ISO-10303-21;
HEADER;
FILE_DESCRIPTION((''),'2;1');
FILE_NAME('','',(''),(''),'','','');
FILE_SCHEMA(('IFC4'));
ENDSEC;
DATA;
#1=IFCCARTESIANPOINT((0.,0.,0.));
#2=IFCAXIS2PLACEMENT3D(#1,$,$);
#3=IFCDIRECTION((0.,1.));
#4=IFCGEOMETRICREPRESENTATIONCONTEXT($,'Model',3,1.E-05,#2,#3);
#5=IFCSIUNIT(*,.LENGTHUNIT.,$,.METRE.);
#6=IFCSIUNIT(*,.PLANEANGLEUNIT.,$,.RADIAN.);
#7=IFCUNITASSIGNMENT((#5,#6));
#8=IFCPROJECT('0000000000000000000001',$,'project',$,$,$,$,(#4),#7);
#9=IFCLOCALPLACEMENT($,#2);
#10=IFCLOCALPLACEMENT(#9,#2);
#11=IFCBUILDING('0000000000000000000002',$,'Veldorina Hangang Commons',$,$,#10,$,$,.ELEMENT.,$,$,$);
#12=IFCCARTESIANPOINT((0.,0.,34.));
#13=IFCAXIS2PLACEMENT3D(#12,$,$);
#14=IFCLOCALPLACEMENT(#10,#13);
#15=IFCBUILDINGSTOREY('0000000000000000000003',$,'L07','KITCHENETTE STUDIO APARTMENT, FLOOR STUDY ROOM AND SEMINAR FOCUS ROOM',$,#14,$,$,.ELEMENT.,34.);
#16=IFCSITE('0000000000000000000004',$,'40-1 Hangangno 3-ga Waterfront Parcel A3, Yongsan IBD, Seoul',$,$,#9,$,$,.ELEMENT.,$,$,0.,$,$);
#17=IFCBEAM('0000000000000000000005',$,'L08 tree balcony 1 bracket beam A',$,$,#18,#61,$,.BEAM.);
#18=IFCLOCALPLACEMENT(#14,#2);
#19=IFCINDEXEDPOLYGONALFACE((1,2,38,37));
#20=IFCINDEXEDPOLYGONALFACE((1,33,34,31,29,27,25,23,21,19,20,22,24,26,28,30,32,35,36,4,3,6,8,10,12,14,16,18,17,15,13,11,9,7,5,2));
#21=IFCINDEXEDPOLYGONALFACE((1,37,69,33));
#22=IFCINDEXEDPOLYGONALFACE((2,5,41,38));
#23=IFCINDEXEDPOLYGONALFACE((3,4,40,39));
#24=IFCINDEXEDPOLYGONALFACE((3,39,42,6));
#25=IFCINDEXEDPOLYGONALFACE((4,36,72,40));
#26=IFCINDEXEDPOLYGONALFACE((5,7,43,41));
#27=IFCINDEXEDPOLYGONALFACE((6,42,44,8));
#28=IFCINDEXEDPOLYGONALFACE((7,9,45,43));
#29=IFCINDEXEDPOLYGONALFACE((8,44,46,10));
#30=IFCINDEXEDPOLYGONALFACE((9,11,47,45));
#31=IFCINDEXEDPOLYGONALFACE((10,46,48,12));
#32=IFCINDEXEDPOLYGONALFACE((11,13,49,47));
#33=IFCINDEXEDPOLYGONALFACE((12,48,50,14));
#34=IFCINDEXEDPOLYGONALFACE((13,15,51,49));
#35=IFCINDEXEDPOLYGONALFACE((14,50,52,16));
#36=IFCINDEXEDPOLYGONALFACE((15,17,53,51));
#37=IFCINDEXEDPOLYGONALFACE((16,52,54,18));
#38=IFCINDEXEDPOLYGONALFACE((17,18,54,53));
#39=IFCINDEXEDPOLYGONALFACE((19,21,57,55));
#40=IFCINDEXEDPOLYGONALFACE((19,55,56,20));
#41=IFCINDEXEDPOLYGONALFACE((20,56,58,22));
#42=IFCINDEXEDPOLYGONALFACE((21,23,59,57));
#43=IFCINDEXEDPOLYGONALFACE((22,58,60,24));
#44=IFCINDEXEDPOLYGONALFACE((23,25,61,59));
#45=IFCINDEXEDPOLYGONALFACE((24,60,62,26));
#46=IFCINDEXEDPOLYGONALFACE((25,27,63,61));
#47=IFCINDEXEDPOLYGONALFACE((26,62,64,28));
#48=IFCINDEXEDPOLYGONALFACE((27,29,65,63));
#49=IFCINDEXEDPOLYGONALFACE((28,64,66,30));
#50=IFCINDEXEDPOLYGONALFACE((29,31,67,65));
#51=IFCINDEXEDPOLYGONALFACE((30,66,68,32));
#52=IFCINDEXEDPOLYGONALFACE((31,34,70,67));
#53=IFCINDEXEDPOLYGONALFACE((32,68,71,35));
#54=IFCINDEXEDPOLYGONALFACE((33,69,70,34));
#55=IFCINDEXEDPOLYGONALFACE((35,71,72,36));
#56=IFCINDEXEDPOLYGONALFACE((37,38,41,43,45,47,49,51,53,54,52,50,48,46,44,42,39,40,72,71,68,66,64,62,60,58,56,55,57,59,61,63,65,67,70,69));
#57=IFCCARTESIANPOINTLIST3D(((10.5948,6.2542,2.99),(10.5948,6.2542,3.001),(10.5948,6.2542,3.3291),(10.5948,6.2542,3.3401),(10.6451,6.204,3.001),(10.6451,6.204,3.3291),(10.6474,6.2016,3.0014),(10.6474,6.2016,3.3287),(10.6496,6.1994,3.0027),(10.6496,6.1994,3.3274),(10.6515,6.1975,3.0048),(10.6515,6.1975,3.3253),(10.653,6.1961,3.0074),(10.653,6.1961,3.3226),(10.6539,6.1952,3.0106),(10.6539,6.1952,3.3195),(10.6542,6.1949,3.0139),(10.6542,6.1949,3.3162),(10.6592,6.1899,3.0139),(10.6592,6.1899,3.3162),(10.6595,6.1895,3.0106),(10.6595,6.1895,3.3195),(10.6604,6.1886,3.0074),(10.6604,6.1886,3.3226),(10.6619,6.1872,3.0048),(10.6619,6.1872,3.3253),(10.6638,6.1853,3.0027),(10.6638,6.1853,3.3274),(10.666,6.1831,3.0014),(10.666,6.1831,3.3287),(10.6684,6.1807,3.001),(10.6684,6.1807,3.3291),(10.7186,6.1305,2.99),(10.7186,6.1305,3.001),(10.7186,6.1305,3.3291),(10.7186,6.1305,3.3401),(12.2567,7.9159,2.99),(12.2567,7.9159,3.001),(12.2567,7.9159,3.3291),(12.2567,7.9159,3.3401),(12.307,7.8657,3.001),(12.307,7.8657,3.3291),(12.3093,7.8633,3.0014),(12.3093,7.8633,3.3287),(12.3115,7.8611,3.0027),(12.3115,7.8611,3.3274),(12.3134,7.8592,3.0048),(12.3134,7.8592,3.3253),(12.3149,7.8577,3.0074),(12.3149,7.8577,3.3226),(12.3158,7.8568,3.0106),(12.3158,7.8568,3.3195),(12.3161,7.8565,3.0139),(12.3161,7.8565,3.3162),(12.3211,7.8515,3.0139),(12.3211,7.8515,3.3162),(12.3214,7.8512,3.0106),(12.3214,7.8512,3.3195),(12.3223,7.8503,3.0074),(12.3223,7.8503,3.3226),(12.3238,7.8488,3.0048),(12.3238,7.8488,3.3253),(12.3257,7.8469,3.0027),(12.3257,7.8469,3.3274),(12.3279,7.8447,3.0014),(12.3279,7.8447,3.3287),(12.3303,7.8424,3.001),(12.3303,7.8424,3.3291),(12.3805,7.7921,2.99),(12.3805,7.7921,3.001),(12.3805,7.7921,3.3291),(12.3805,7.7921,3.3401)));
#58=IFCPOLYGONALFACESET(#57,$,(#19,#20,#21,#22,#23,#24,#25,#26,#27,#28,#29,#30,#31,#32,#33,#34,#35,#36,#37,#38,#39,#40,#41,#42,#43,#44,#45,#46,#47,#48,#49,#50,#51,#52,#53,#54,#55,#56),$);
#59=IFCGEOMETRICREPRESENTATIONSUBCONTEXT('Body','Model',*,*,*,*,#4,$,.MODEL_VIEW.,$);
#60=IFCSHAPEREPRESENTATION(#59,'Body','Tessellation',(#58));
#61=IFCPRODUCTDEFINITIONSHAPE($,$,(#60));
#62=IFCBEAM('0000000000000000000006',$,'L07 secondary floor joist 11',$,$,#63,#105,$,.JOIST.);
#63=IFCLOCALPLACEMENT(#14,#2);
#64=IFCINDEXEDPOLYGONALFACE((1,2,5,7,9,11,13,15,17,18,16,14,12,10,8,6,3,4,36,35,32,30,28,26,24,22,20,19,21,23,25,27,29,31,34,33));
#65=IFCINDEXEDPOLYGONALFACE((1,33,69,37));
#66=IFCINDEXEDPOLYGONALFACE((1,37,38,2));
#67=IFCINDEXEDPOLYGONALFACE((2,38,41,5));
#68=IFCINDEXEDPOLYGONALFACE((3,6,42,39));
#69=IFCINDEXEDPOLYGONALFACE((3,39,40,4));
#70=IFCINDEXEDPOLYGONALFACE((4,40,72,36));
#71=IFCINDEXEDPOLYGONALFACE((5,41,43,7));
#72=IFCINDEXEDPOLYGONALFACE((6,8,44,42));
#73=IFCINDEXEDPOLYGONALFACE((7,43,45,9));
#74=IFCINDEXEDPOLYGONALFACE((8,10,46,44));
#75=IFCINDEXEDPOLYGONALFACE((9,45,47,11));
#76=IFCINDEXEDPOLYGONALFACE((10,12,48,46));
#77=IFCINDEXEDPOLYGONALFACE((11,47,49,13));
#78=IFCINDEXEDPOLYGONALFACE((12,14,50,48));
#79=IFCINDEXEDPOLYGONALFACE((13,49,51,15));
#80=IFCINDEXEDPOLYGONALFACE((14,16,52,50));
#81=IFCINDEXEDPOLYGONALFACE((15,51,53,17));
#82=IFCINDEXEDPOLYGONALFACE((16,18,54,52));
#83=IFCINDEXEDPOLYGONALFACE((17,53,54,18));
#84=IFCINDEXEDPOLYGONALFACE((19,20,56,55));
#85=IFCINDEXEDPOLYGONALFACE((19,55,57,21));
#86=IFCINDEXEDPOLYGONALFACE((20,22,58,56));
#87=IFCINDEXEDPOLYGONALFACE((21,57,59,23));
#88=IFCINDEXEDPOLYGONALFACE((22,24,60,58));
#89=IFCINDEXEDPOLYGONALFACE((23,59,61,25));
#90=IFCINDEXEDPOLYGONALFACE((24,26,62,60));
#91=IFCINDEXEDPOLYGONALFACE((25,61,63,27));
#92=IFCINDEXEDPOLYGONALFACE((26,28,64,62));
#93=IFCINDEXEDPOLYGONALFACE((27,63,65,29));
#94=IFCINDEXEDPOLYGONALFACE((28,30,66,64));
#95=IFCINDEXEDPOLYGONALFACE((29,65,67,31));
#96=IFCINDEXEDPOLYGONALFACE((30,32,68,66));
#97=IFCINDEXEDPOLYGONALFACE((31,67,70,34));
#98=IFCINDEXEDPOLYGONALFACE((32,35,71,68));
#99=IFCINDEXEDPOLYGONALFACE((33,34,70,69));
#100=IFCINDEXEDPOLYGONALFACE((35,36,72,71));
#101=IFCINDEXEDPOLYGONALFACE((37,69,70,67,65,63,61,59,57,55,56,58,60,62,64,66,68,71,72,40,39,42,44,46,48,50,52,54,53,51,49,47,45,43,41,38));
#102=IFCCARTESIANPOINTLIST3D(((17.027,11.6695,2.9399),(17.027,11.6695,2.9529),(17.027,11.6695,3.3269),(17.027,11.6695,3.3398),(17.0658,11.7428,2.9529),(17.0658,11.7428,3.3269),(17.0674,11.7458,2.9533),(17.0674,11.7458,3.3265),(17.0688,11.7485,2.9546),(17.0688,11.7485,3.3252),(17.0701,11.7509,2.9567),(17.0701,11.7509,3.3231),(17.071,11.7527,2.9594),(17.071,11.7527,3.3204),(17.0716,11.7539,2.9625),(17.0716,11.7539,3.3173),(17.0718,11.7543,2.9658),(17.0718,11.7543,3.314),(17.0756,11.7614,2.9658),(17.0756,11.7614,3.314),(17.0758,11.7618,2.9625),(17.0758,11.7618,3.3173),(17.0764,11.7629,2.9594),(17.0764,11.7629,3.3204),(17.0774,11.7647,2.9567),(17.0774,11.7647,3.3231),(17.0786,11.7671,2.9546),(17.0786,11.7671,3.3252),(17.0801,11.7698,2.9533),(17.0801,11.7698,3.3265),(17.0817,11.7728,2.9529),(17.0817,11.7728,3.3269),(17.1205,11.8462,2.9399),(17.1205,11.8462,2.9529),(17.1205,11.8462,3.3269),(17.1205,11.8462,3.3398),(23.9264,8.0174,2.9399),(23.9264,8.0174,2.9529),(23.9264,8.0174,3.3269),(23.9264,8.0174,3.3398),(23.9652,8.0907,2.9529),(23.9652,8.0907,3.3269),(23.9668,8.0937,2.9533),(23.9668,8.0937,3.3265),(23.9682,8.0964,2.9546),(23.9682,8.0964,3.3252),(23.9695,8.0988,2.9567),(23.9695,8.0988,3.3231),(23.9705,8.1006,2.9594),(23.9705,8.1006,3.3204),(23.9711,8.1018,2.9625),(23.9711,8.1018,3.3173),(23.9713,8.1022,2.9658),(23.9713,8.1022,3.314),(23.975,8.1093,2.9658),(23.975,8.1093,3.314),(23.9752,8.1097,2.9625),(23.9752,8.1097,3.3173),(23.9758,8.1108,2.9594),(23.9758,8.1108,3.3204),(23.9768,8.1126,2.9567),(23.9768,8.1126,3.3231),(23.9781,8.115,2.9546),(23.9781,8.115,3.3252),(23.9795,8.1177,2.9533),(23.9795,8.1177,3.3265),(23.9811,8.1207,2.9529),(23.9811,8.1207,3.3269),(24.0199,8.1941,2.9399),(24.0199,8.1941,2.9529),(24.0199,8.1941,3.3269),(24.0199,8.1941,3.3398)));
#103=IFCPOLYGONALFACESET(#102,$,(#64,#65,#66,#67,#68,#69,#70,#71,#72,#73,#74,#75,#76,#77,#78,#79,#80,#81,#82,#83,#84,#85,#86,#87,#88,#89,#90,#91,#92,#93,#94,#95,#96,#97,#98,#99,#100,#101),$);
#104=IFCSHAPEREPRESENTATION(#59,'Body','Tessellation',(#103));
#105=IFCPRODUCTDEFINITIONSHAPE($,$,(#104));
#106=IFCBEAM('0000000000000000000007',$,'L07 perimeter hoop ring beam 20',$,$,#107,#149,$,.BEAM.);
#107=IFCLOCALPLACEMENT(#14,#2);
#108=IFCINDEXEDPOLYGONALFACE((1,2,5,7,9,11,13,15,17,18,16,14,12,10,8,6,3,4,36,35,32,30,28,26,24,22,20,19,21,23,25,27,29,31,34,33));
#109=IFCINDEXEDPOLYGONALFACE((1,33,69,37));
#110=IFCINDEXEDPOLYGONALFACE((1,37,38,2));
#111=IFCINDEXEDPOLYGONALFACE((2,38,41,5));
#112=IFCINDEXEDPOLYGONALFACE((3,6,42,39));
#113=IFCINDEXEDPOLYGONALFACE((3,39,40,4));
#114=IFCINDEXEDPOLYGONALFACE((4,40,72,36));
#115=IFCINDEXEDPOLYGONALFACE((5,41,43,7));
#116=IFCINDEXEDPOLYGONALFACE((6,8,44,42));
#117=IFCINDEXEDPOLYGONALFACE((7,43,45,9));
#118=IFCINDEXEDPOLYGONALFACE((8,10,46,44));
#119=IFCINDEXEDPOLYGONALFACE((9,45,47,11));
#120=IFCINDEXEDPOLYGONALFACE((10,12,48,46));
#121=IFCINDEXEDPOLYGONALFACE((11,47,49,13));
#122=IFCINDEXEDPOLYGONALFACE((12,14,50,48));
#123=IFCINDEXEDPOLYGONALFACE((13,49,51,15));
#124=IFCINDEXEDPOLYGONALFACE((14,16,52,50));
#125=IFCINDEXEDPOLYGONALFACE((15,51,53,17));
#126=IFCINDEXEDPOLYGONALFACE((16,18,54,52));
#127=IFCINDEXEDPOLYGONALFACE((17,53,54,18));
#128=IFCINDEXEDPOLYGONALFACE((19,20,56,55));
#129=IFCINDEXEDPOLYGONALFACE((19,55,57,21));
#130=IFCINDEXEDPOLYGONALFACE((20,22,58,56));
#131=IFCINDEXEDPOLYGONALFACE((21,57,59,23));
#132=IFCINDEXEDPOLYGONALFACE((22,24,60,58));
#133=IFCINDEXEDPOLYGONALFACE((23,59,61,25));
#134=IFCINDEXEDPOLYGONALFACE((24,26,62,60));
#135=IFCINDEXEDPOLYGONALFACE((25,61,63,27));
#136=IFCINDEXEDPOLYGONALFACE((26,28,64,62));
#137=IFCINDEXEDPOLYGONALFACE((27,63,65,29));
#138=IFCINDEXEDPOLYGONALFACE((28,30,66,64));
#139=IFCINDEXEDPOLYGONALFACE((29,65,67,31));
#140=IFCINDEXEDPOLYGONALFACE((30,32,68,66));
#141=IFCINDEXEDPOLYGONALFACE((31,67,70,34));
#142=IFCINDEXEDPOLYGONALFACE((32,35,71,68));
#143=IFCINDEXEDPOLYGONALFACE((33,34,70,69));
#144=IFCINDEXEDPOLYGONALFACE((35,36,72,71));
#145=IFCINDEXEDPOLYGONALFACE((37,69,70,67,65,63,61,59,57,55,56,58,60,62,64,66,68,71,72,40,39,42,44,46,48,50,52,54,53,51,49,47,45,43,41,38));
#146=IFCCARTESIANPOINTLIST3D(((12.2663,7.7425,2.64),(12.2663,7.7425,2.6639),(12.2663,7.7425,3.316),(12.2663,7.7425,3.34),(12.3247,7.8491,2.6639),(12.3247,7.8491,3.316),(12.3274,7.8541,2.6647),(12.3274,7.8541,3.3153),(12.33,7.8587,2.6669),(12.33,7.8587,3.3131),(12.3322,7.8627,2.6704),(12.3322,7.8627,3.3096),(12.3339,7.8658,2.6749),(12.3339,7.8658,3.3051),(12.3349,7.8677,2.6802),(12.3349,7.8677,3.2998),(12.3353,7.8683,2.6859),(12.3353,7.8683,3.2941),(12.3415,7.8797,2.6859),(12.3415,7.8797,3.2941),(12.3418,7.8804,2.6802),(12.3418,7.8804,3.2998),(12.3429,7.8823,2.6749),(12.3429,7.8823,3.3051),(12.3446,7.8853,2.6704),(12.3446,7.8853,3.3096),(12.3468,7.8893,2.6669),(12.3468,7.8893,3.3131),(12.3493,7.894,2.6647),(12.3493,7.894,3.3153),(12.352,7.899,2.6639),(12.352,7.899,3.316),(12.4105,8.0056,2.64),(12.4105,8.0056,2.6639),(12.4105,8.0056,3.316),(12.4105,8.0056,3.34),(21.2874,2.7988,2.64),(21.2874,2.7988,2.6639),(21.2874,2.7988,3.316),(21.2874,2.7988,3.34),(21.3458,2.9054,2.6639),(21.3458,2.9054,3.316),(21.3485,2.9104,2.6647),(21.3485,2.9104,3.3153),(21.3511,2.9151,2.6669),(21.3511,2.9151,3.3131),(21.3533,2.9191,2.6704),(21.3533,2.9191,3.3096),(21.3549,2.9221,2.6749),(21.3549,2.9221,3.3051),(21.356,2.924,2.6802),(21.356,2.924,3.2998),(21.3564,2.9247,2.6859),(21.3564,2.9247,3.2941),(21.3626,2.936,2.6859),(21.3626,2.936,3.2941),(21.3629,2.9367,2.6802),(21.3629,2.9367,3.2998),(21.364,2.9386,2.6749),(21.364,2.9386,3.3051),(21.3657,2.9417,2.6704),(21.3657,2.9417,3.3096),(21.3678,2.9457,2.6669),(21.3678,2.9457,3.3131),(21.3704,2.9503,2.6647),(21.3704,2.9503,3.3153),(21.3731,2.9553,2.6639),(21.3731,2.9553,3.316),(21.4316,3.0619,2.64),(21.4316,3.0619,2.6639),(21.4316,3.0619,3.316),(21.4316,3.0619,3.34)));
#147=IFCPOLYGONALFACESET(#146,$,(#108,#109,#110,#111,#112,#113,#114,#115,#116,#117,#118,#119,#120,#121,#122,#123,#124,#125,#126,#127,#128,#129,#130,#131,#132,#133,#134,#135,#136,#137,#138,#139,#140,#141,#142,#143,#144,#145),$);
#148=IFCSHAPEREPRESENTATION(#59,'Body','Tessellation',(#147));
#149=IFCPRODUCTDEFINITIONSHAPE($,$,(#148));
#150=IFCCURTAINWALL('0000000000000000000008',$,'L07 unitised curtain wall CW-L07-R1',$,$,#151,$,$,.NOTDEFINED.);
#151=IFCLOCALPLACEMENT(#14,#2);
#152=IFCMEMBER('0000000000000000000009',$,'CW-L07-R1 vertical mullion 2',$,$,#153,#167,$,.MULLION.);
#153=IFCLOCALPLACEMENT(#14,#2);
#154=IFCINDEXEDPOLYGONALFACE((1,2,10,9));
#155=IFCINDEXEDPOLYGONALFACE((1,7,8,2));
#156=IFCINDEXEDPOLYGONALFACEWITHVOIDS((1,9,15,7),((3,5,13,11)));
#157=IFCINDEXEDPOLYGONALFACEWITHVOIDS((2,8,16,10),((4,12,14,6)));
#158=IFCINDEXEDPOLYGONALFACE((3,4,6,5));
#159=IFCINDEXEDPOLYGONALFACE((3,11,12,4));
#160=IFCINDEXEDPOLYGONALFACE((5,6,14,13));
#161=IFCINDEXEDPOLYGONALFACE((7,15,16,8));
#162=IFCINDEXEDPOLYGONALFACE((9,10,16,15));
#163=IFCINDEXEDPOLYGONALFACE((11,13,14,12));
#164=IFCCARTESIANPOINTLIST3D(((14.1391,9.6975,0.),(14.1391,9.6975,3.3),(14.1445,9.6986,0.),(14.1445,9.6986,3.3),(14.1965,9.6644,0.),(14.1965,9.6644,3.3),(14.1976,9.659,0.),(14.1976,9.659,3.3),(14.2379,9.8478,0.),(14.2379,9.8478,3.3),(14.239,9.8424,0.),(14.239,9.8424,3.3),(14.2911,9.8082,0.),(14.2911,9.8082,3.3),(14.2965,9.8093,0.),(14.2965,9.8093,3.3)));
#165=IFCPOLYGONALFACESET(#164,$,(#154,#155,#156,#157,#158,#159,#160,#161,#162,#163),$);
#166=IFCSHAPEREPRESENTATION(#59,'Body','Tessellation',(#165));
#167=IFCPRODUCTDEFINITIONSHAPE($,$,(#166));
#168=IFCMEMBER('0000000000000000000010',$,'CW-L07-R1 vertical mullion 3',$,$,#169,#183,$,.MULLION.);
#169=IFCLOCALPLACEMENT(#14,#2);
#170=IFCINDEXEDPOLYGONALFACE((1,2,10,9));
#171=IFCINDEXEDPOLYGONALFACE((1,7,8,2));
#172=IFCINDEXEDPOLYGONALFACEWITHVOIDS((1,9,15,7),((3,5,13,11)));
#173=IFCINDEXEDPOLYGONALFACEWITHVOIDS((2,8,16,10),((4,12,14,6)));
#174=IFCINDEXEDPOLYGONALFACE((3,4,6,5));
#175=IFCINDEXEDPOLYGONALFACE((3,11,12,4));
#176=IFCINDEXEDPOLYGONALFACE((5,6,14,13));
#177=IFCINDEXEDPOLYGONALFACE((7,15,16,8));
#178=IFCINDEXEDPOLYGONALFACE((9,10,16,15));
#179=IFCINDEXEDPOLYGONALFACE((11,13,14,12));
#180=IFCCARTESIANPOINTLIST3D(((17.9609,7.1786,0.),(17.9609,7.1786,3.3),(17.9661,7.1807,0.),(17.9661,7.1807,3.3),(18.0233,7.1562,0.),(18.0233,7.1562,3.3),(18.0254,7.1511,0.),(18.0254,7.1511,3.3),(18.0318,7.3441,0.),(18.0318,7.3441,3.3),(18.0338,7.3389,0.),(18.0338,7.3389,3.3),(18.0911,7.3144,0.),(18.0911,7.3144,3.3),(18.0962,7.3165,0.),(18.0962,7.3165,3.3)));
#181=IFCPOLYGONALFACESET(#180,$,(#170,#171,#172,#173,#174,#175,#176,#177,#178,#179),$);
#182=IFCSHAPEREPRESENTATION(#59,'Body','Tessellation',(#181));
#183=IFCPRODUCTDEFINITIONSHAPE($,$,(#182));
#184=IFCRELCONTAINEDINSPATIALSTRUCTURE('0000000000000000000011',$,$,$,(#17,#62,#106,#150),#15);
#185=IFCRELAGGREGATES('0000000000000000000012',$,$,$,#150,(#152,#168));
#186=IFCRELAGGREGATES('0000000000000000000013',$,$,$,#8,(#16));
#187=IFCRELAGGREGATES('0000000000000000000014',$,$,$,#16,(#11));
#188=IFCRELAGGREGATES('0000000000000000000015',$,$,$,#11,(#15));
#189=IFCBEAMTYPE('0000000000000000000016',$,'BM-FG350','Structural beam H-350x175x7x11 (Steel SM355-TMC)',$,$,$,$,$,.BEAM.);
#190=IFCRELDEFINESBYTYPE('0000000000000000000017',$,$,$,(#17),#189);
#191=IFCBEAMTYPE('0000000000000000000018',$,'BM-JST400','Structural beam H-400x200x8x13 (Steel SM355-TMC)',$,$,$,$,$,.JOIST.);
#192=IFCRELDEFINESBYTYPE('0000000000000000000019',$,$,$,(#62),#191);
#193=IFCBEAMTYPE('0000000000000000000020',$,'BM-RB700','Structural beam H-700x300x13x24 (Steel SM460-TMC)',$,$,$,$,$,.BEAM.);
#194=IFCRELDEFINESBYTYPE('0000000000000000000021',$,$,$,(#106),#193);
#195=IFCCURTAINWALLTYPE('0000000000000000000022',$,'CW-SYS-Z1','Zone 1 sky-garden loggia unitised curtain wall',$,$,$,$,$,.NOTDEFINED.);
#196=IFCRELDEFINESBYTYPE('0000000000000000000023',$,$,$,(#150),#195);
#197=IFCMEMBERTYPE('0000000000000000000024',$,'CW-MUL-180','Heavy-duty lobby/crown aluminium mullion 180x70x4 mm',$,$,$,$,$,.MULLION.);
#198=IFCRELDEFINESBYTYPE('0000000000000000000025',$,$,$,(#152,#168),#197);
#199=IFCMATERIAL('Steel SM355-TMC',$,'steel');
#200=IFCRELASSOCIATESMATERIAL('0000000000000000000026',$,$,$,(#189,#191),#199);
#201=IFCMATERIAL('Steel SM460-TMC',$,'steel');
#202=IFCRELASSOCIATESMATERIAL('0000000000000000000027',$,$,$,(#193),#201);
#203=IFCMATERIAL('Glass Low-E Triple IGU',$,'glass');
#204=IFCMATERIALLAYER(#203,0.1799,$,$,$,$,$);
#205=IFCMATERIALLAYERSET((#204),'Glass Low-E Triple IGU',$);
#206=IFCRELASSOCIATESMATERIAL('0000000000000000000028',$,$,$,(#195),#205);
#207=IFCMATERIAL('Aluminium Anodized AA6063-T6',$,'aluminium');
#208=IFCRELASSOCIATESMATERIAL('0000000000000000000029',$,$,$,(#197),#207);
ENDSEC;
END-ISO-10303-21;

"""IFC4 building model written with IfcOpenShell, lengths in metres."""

from ifc_helpers import new_model, si_unit, direction, frame, origin, origin_2d, place, context, subcontext, project, spatial, hollow_rectangle, i_section, extrude, material, layer, layer_set, material_profile, profile_set, type_object, element, aggregate, save


model = new_model("IFC4")

# Units and contexts
model_context = context("Model", 3, precision=1e-05, world=origin(), true_north=direction((0.0, 1.0)))
body_context = subcontext(model_context, "Body", "Model", "MODEL_VIEW")
ifc_project = project(units=[si_unit("LENGTHUNIT", "METRE"), si_unit("PLANEANGLEUNIT", "RADIAN")], contexts=[model_context])

# Site, building, storey
site_placement = place(None, origin())
site = spatial("IfcSite", under=ifc_project, at=site_placement, Name="40-1 Hangangno 3-ga Waterfront Parcel A3, Yongsan IBD, Seoul", CompositionType="ELEMENT", RefElevation=0.0)
building_placement = place(site_placement, origin())
building = spatial("IfcBuilding", under=site, at=building_placement, Name="Veldorina Hangang Commons", CompositionType="ELEMENT")
storey_placement = place(building_placement, frame((0.0, 0.0, 34.0)))
storey = spatial("IfcBuildingStorey", under=building, at=storey_placement, Name="L07", Description="KITCHENETTE STUDIO APARTMENT, FLOOR STUDY ROOM AND SEMINAR FOCUS ROOM", CompositionType="ELEMENT", Elevation=34.0)

# Beams
ifc_material_1 = material(Name="Steel SM355-TMC", Category="steel")
ifc_material_profile_1 = material_profile(ifc_material_1, i_section(OverallWidth=0.175, OverallDepth=0.3501, WebThickness=0.0071, FlangeThickness=0.011, FilletRadius=0.0129, at=origin_2d()), Name="H-350x175x7x11")
ifc_profile_set_1 = profile_set([ifc_material_profile_1], Name="Steel SM355-TMC")
beam_type_1 = type_object("IfcBeamType", Name="BM-FG350", Description="Structural beam H-350x175x7x11 (Steel SM355-TMC)", PredefinedType="BEAM", material=ifc_profile_set_1)
beam_1_placement = place(storey_placement, frame((12.3186, 7.854, 3.165), z_axis=(-0.707159, -0.707055, 0.0), x_axis=(0.707055, -0.707159, 0.0)))
element("IfcBeam", 1, at=beam_1_placement, inside=storey, type_object=beam_type_1, Name="L08 tree balcony 1 bracket beam A", PredefinedType="BEAM", context=body_context, shape_type="SweptSolid", body=[
    extrude(i_section(OverallWidth=0.175, OverallDepth=0.3501, WebThickness=0.0071, FlangeThickness=0.011, FilletRadius=0.0129, at=origin_2d()), origin(), (0.0, 0.0, 1.0), 2.3501),
])
ifc_material_profile_2 = material_profile(ifc_material_1, i_section(OverallWidth=0.2, OverallDepth=0.3999, WebThickness=0.0081, FlangeThickness=0.0129, FilletRadius=0.0129, at=origin_2d()), Name="H-400x200x8x13")
ifc_profile_set_2 = profile_set([ifc_material_profile_2], Name="Steel SM355-TMC")
beam_type_2 = type_object("IfcBeamType", Name="BM-JST400", Description="Structural beam H-400x200x8x13 (Steel SM355-TMC)", PredefinedType="JOIST", material=ifc_profile_set_2)
beam_2_placement = place(storey_placement, frame((17.0737, 11.7578, 3.1399), z_axis=(0.883816, -0.467835, 0.0), x_axis=(0.467835, 0.883816, 0.0)))
element("IfcBeam", 2, at=beam_2_placement, inside=storey, type_object=beam_type_2, Name="L07 secondary floor joist 11", PredefinedType="JOIST", context=body_context, shape_type="SweptSolid", body=[
    extrude(i_section(OverallWidth=0.2, OverallDepth=0.3999, WebThickness=0.0081, FlangeThickness=0.0129, FilletRadius=0.0129, at=origin_2d()), origin(), (0.0, 0.0, 1.0), 7.8064),
])
ifc_material_2 = material(Name="Steel SM460-TMC", Category="steel")
ifc_material_profile_3 = material_profile(ifc_material_2, i_section(OverallWidth=0.3, OverallDepth=0.7, WebThickness=0.0129, FlangeThickness=0.0239, FilletRadius=0.022, at=origin_2d()), Name="H-700x300x13x24")
ifc_profile_set_3 = profile_set([ifc_material_profile_3], Name="Steel SM460-TMC")
beam_type_3 = type_object("IfcBeamType", Name="BM-RB700", Description="Structural beam H-700x300x13x24 (Steel SM460-TMC)", PredefinedType="BEAM", material=ifc_profile_set_3)
beam_3_placement = place(storey_placement, frame((12.3384, 7.874, 2.99), z_axis=(0.876951, -0.480579, 0.0), x_axis=(0.480579, 0.876951, 0.0)))
element("IfcBeam", 3, at=beam_3_placement, inside=storey, type_object=beam_type_3, Name="L07 perimeter hoop ring beam 20", PredefinedType="BEAM", context=body_context, shape_type="SweptSolid", body=[
    extrude(i_section(OverallWidth=0.3, OverallDepth=0.7, WebThickness=0.0129, FlangeThickness=0.0239, FilletRadius=0.022, at=origin_2d()), origin(), (0.0, 0.0, 1.0), 10.2869),
])

# Curtain wall, members
ifc_material_3 = material(Name="Glass Low-E Triple IGU", Category="glass")
ifc_layer_1 = layer(ifc_material_3, 0.1799)
ifc_layer_set_1 = layer_set([ifc_layer_1], Name="Glass Low-E Triple IGU")
curtain_wall_type = type_object("IfcCurtainWallType", Name="CW-SYS-Z1", Description="Zone 1 sky-garden loggia unitised curtain wall", PredefinedType="NOTDEFINED", material=ifc_layer_set_1)
curtain_wall_placement = place(storey_placement, origin())
curtain_wall = element("IfcCurtainWall", 4, at=curtain_wall_placement, inside=storey, type_object=curtain_wall_type, Name="L07 unitised curtain wall CW-L07-R1", PredefinedType="NOTDEFINED")
ifc_material_4 = material(Name="Aluminium Anodized AA6063-T6", Category="aluminium")
ifc_material_profile_4 = material_profile(ifc_material_4, hollow_rectangle(XDim=0.0701, YDim=0.1799, WallThickness=0.0039, at=origin_2d()), Name="ALU-RHS-180x70x4")
ifc_profile_set_4 = profile_set([ifc_material_profile_4], Name="Aluminium Anodized AA6063-T6")
member_type_1 = type_object("IfcMemberType", Name="CW-MUL-180", Description="Heavy-duty lobby/crown aluminium mullion 180x70x4 mm", PredefinedType="MULLION", material=ifc_profile_set_4)
member_1_placement = place(storey_placement, frame((14.2178, 9.7534, 0.0), z_axis=(0.0, 0.0, 1.0), x_axis=(0.835568, -0.549387, 0.0)))
member_1 = element("IfcMember", 5, at=member_1_placement, type_object=member_type_1, Name="CW-L07-R1 vertical mullion 2", PredefinedType="MULLION", context=body_context, shape_type="SweptSolid", body=[
    extrude(hollow_rectangle(XDim=0.0701, YDim=0.1799, WallThickness=0.0039, at=origin_2d()), origin(), (0.0, 0.0, 1.0), 3.3),
])
member_2_placement = place(storey_placement, frame((18.0286, 7.2476, 0.0), z_axis=(0.0, 0.0, 1.0), x_axis=(0.919259, -0.393653, 0.0)))
member_2 = element("IfcMember", 6, at=member_2_placement, type_object=member_type_1, Name="CW-L07-R1 vertical mullion 3", PredefinedType="MULLION", context=body_context, shape_type="SweptSolid", body=[
    extrude(hollow_rectangle(XDim=0.0701, YDim=0.1799, WallThickness=0.0039, at=origin_2d()), origin(), (0.0, 0.0, 1.0), 3.3),
])

aggregate(curtain_wall, [member_1, member_2])

save(model, "model.ifc")
